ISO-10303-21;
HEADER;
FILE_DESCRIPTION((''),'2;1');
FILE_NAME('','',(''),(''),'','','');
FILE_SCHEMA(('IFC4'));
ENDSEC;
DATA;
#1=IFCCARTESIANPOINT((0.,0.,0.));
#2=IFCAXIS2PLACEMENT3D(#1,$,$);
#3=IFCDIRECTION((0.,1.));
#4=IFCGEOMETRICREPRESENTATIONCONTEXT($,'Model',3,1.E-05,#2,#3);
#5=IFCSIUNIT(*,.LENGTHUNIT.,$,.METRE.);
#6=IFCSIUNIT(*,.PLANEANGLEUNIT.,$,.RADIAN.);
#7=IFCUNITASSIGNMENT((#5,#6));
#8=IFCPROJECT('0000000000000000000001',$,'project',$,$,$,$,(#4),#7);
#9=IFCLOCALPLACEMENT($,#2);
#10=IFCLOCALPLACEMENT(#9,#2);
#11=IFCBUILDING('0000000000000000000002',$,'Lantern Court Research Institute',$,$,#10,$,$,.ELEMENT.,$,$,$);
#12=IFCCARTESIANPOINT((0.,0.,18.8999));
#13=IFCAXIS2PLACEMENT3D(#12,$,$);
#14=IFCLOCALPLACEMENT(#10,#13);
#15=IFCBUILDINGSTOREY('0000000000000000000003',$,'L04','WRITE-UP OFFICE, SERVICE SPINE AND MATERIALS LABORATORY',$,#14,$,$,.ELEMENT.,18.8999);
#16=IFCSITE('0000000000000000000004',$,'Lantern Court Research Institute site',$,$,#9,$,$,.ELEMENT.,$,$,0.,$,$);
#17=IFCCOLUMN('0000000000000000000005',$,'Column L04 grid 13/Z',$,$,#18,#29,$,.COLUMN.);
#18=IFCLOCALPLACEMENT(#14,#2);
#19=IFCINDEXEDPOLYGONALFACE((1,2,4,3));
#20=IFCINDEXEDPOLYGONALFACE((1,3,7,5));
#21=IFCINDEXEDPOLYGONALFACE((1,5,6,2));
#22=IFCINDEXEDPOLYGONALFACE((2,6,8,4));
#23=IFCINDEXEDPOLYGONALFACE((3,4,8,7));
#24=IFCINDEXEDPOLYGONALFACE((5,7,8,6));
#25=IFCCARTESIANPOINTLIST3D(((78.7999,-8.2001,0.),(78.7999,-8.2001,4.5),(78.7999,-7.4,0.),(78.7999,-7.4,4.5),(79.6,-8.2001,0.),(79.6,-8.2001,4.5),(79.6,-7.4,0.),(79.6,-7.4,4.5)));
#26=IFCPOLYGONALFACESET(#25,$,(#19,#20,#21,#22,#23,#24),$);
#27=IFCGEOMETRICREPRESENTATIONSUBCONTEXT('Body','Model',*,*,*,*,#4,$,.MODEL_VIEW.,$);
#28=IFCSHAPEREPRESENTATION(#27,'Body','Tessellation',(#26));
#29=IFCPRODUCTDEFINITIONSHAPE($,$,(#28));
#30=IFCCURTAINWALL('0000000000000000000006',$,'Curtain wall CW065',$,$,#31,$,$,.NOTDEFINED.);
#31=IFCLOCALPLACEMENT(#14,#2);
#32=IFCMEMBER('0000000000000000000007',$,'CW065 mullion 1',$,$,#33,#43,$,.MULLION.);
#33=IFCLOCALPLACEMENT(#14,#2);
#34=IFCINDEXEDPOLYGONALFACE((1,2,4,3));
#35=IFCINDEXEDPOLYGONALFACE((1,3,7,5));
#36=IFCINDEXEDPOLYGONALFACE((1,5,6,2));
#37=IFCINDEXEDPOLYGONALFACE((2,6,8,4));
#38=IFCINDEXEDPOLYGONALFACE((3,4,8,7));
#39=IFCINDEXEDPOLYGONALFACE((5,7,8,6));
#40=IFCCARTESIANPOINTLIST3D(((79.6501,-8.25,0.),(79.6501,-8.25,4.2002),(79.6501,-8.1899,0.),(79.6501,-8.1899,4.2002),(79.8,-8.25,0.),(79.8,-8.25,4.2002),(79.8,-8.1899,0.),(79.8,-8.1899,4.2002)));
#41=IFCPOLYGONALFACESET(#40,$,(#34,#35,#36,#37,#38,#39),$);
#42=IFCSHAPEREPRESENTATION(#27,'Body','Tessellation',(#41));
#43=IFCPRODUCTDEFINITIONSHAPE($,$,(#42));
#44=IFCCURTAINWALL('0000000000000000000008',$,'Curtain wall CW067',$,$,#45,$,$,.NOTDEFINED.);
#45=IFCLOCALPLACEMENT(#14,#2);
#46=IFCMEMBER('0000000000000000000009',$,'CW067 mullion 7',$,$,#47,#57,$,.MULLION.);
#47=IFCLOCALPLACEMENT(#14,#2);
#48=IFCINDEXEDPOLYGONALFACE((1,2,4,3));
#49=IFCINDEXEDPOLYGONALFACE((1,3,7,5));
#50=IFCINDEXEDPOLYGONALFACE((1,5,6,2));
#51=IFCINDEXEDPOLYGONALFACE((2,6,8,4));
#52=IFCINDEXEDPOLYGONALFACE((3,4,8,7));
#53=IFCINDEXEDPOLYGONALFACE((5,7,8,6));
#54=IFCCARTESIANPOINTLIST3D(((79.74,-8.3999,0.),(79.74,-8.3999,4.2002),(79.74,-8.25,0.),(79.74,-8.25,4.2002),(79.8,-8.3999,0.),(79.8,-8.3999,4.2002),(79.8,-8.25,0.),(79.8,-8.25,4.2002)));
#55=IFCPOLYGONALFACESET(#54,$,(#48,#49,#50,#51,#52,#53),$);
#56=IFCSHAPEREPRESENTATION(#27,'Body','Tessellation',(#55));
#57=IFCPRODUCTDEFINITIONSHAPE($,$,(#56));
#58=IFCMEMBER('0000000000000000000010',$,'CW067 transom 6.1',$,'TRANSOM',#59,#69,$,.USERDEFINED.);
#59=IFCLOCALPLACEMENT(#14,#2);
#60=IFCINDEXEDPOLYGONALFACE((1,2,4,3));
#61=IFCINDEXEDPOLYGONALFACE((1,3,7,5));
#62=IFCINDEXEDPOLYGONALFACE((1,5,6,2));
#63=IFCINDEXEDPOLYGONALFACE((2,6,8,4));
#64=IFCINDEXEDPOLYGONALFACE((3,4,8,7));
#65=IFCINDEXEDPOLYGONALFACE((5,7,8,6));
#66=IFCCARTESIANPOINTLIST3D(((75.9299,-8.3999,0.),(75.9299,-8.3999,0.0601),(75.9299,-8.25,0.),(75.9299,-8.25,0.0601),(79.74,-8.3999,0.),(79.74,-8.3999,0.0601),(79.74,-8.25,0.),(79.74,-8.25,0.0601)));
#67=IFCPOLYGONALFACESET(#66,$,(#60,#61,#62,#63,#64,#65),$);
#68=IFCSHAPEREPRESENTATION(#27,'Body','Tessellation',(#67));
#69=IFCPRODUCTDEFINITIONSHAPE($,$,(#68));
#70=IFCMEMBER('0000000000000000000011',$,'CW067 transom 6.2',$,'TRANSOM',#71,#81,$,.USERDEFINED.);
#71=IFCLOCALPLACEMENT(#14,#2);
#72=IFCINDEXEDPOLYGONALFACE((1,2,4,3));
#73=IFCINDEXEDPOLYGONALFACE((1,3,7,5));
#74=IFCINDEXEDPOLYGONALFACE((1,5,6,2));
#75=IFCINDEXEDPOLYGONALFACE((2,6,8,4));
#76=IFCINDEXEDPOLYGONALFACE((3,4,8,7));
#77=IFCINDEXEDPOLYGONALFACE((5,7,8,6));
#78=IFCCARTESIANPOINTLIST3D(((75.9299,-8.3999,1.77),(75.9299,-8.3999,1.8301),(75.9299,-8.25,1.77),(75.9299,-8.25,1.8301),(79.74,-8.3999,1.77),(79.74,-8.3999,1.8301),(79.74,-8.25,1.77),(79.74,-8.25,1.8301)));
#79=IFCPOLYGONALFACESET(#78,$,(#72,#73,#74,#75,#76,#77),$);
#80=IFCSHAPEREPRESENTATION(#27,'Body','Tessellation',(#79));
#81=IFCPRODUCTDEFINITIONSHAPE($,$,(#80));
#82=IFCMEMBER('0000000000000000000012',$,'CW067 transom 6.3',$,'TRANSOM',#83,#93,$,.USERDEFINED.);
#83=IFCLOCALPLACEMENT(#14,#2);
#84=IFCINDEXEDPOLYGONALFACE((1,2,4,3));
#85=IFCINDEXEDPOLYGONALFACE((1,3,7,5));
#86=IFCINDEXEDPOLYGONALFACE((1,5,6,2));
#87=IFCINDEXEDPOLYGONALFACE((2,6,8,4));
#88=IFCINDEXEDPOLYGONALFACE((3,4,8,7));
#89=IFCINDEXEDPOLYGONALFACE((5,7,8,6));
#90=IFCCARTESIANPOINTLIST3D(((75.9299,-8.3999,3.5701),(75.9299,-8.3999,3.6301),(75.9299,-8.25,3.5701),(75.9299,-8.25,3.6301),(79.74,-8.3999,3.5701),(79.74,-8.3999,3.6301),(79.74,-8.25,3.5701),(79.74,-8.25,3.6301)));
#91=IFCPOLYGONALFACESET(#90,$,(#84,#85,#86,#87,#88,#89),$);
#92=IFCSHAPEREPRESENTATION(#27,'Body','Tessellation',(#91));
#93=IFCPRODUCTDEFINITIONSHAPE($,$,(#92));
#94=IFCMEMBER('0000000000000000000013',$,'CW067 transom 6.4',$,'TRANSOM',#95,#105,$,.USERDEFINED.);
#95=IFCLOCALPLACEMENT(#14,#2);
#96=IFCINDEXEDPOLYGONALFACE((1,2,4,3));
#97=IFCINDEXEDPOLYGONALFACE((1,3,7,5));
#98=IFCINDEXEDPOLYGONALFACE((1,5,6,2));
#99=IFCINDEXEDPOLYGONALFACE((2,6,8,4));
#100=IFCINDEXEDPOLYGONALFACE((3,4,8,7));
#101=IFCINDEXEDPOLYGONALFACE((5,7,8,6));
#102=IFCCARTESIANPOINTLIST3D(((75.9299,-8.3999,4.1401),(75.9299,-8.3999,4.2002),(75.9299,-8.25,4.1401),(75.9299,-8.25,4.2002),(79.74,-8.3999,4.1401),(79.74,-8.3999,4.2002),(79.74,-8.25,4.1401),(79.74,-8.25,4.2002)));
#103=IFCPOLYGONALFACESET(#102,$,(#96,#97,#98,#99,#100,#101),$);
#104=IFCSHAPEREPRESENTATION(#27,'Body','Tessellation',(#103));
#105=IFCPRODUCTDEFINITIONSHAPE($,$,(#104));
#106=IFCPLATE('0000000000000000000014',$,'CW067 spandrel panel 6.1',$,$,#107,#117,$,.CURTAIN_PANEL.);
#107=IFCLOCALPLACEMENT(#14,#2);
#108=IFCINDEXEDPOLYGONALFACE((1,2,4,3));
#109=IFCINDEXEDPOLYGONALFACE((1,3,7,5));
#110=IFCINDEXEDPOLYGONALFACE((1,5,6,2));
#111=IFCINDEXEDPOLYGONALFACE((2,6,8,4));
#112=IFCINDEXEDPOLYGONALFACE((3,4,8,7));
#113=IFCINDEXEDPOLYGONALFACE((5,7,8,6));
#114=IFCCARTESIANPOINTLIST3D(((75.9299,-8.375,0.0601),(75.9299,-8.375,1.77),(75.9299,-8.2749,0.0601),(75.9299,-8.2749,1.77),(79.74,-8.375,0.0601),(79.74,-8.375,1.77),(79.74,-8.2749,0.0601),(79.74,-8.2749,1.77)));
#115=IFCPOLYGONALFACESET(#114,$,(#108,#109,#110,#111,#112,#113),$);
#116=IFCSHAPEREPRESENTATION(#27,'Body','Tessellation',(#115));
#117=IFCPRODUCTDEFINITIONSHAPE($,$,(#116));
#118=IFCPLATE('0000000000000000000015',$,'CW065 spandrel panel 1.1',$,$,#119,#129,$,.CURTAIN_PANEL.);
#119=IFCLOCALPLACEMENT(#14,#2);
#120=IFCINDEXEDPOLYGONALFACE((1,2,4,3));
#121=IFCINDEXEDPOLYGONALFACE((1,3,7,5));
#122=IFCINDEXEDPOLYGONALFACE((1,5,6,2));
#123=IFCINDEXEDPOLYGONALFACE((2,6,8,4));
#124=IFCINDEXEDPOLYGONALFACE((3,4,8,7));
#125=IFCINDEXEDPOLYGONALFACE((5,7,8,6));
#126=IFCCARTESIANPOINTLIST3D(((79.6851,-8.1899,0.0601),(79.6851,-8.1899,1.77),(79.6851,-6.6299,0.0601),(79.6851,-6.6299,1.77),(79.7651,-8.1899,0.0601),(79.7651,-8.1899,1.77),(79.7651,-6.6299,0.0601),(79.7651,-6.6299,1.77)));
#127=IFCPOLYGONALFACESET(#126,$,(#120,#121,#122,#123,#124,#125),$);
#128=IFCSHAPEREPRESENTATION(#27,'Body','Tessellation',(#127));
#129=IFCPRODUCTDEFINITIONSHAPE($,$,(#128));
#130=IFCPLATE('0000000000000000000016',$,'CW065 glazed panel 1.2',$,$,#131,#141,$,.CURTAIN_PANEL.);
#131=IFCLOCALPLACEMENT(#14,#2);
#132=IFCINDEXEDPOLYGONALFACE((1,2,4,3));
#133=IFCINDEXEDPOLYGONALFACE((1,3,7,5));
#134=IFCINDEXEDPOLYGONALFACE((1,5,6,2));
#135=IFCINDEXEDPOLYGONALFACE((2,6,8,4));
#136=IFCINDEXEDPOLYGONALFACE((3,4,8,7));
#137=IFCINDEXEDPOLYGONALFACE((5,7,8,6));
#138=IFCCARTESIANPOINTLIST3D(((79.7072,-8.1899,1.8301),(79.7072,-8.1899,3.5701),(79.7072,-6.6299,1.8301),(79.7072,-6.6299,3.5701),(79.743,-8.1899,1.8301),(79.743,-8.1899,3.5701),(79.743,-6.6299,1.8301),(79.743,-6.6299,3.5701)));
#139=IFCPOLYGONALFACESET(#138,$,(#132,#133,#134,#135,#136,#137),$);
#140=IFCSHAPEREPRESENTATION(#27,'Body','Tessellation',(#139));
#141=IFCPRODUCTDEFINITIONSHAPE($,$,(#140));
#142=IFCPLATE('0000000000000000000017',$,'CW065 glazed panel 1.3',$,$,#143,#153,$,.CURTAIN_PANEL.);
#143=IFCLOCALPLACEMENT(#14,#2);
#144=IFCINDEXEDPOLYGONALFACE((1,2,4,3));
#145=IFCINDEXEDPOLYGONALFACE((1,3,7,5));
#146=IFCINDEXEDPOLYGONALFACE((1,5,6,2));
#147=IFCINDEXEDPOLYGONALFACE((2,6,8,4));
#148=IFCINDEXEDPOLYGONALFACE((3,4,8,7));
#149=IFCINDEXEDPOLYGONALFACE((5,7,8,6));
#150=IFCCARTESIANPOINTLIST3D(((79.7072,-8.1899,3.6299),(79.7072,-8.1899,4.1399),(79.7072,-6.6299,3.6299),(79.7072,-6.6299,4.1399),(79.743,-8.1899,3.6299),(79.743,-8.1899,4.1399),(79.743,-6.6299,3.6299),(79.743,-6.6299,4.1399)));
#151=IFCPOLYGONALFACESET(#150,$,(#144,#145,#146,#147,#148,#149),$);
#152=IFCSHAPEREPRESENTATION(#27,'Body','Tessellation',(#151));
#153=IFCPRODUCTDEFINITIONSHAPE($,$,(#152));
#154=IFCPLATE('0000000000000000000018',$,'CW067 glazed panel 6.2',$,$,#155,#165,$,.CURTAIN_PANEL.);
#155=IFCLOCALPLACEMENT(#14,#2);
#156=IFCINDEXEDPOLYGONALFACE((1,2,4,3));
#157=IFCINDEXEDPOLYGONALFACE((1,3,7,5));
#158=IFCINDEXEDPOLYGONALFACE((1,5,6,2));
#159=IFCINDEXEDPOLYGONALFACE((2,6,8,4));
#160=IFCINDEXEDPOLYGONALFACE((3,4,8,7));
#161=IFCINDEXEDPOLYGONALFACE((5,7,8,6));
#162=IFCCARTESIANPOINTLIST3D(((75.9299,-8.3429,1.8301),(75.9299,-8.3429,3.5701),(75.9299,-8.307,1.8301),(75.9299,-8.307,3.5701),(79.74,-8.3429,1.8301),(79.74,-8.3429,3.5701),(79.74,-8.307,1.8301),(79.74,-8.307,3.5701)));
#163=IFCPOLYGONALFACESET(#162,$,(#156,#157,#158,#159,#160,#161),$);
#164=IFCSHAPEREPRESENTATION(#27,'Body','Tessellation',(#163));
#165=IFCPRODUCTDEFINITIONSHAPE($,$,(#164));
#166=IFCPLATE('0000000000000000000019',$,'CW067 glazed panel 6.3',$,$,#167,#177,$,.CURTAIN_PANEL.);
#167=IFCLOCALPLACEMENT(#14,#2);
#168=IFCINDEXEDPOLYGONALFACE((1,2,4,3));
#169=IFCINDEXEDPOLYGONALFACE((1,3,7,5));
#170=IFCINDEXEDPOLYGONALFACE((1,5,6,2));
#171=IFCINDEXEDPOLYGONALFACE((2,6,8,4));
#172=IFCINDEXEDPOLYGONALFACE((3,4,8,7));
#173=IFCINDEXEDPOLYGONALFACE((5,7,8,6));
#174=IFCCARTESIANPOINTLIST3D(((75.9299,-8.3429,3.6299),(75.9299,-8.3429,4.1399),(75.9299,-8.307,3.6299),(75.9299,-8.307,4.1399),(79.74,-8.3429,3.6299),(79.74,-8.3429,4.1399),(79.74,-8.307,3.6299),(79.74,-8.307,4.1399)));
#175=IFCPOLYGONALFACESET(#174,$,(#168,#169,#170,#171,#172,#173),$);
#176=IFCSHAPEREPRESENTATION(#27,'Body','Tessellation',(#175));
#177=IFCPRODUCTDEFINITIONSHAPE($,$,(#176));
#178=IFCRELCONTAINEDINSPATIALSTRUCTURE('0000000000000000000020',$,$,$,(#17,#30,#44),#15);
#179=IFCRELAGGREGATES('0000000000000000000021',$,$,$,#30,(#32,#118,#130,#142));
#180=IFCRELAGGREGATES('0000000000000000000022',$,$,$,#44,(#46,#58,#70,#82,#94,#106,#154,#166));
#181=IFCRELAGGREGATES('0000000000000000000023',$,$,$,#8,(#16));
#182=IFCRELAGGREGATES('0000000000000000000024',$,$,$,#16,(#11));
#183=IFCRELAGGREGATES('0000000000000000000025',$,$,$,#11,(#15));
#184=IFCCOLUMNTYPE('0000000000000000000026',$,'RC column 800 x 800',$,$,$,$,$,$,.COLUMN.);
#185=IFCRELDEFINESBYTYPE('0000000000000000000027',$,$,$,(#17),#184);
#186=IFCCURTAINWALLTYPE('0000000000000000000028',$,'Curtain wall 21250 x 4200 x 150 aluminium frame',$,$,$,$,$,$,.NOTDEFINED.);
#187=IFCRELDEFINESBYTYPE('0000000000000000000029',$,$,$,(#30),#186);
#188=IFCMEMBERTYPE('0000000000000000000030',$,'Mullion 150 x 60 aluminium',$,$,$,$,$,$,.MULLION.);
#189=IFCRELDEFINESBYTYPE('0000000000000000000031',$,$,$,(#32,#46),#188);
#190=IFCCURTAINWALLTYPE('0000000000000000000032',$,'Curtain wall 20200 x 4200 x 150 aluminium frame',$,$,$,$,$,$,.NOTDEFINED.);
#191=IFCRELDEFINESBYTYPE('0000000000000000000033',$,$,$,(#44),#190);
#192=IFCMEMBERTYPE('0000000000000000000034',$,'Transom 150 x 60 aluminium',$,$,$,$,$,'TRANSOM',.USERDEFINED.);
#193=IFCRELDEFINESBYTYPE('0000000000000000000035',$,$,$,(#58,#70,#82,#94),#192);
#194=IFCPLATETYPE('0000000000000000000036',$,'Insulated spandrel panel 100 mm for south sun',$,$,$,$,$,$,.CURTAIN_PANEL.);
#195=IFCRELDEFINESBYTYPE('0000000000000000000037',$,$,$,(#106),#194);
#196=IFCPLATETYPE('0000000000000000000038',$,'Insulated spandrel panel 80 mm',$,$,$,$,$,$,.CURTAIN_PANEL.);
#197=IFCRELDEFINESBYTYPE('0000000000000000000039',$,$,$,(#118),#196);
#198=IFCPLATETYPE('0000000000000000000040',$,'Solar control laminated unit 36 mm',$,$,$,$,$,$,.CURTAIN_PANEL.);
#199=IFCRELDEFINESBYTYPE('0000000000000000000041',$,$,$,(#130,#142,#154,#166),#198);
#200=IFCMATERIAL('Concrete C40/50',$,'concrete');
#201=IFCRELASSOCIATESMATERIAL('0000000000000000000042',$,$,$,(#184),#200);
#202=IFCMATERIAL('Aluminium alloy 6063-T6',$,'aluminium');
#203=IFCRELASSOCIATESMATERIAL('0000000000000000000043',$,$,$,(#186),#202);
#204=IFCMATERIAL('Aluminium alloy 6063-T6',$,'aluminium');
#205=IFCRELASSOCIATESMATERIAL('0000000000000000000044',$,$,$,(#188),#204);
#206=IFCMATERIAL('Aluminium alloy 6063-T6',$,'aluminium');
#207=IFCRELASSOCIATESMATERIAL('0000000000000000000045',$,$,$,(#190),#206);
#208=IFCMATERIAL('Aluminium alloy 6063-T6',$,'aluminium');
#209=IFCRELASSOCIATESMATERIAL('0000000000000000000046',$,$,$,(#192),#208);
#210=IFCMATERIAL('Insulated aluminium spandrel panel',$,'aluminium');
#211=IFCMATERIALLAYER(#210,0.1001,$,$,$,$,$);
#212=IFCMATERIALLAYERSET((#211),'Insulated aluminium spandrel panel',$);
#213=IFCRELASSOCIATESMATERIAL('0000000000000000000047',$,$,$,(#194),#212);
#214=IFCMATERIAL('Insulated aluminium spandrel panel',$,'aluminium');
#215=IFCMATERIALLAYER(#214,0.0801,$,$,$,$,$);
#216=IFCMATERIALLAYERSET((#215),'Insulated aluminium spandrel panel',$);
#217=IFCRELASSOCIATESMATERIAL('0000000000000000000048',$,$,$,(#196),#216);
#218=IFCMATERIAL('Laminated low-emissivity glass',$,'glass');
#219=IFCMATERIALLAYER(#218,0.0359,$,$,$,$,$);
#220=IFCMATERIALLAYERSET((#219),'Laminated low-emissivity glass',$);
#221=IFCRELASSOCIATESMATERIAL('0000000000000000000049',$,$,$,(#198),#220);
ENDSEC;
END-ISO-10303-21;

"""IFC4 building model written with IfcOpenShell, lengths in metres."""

from ifc_helpers import new_model, si_unit, direction, frame, origin, origin_2d, place, context, subcontext, project, spatial, rectangle, extrude, material, layer, layer_set, material_profile, profile_set, type_object, element, aggregate, save


model = new_model("IFC4")

# Units and contexts
model_context = context("Model", 3, precision=1e-05, world=origin(), true_north=direction((0.0, 1.0)))
body_context = subcontext(model_context, "Body", "Model", "MODEL_VIEW")
ifc_project = project(units=[si_unit("LENGTHUNIT", "METRE"), si_unit("PLANEANGLEUNIT", "RADIAN")], contexts=[model_context])

# Site, building, storey
site_placement = place(None, origin())
site = spatial("IfcSite", under=ifc_project, at=site_placement, Name="Lantern Court Research Institute site", CompositionType="ELEMENT", RefElevation=0.0)
building_placement = place(site_placement, origin())
building = spatial("IfcBuilding", under=site, at=building_placement, Name="Lantern Court Research Institute", CompositionType="ELEMENT")
storey_placement = place(building_placement, frame((0.0, 0.0, 18.8999)))
storey = spatial("IfcBuildingStorey", under=building, at=storey_placement, Name="L04", Description="WRITE-UP OFFICE, SERVICE SPINE AND MATERIALS LABORATORY", CompositionType="ELEMENT", Elevation=18.8999)

# Column
ifc_material_1 = material(Name="Concrete C40/50", Category="concrete")
ifc_material_profile_1 = material_profile(ifc_material_1, rectangle(XDim=0.8, YDim=0.8, at=origin_2d()), Name="RC column 800 x 800")
ifc_profile_set_1 = profile_set([ifc_material_profile_1], Name="Concrete C40/50")
column_type = type_object("IfcColumnType", Name="RC column 800 x 800", PredefinedType="COLUMN", material=ifc_profile_set_1)
column_placement = place(storey_placement, frame((79.2, -7.8, 0.0), z_axis=(0.0, 0.0, 1.0), x_axis=(1.0, 0.0, 0.0)))
element("IfcColumn", 1, at=column_placement, inside=storey, type_object=column_type, Name="Column L04 grid 13/Z", PredefinedType="COLUMN", context=body_context, shape_type="SweptSolid", body=[
    extrude(rectangle(XDim=0.8, YDim=0.8, at=origin_2d()), origin(), (0.0, 0.0, 1.0), 4.5),
])

# Curtain wall, member
ifc_material_2 = material(Name="Aluminium alloy 6063-T6", Category="aluminium")
curtain_wall_type_1 = type_object("IfcCurtainWallType", Name="Curtain wall 21250 x 4200 x 150 aluminium frame", PredefinedType="NOTDEFINED", material=ifc_material_2)
curtain_wall_1_placement = place(storey_placement, origin())
curtain_wall_1 = element("IfcCurtainWall", 2, at=curtain_wall_1_placement, inside=storey, type_object=curtain_wall_type_1, Name="Curtain wall CW065", PredefinedType="NOTDEFINED")
ifc_material_3 = material(Name="Aluminium alloy 6063-T6", Category="aluminium")
ifc_material_profile_2 = material_profile(ifc_material_3, rectangle(XDim=0.1499, YDim=0.0601, at=origin_2d()), Name="Mullion 150 x 60")
ifc_profile_set_2 = profile_set([ifc_material_profile_2], Name="Aluminium alloy 6063-T6")
member_type_1 = type_object("IfcMemberType", Name="Mullion 150 x 60 aluminium", PredefinedType="MULLION", material=ifc_profile_set_2)
member_1_placement = place(storey_placement, frame((79.7251, -8.22, 0.0), z_axis=(0.0, 0.0, 1.0), x_axis=(1.0, 0.0, 0.0)))
member_1 = element("IfcMember", 3, at=member_1_placement, type_object=member_type_1, Name="CW065 mullion 1", PredefinedType="MULLION", context=body_context, shape_type="SweptSolid", body=[
    extrude(rectangle(XDim=0.1499, YDim=0.0601, at=origin_2d()), origin(), (0.0, 0.0, 1.0), 4.2002),
])

# Curtain wall, members, plate
ifc_material_4 = material(Name="Aluminium alloy 6063-T6", Category="aluminium")
curtain_wall_type_2 = type_object("IfcCurtainWallType", Name="Curtain wall 20200 x 4200 x 150 aluminium frame", PredefinedType="NOTDEFINED", material=ifc_material_4)
curtain_wall_2_placement = place(storey_placement, origin())
curtain_wall_2 = element("IfcCurtainWall", 4, at=curtain_wall_2_placement, inside=storey, type_object=curtain_wall_type_2, Name="Curtain wall CW067", PredefinedType="NOTDEFINED")
member_2_placement = place(storey_placement, frame((79.77, -8.325, 0.0), z_axis=(0.0, 0.0, 1.0), x_axis=(0.0, -1.0, 0.0)))
member_2 = element("IfcMember", 5, at=member_2_placement, type_object=member_type_1, Name="CW067 mullion 7", PredefinedType="MULLION", context=body_context, shape_type="SweptSolid", body=[
    extrude(rectangle(XDim=0.1499, YDim=0.0601, at=origin_2d()), origin(), (0.0, 0.0, 1.0), 4.2002),
])
ifc_material_5 = material(Name="Aluminium alloy 6063-T6", Category="aluminium")
ifc_material_profile_3 = material_profile(ifc_material_5, rectangle(XDim=0.1499, YDim=0.0601, at=origin_2d()), Name="Transom 150 x 60")
ifc_profile_set_3 = profile_set([ifc_material_profile_3], Name="Aluminium alloy 6063-T6")
member_type_2 = type_object("IfcMemberType", Name="Transom 150 x 60 aluminium", ElementType="TRANSOM", PredefinedType="USERDEFINED", material=ifc_profile_set_3)
member_3_placement = place(storey_placement, frame((79.74, -8.325, 0.03), z_axis=(-1.0, 0.0, 0.0), x_axis=(0.0, -1.0, 0.0)))
member_3 = element("IfcMember", 6, at=member_3_placement, type_object=member_type_2, Name="CW067 transom 6.1", ObjectType="TRANSOM", PredefinedType="USERDEFINED", context=body_context, shape_type="SweptSolid", body=[
    extrude(rectangle(XDim=0.1499, YDim=0.0601, at=origin_2d()), origin(), (0.0, 0.0, 1.0), 3.8101),
])
member_4_placement = place(storey_placement, frame((79.74, -8.325, 1.8), z_axis=(-1.0, 0.0, 0.0), x_axis=(0.0, -1.0, 0.0)))
member_4 = element("IfcMember", 7, at=member_4_placement, type_object=member_type_2, Name="CW067 transom 6.2", ObjectType="TRANSOM", PredefinedType="USERDEFINED", context=body_context, shape_type="SweptSolid", body=[
    extrude(rectangle(XDim=0.1499, YDim=0.0601, at=origin_2d()), origin(), (0.0, 0.0, 1.0), 3.8101),
])
member_5_placement = place(storey_placement, frame((79.74, -8.325, 3.6001), z_axis=(-1.0, 0.0, 0.0), x_axis=(0.0, -1.0, 0.0)))
member_5 = element("IfcMember", 8, at=member_5_placement, type_object=member_type_2, Name="CW067 transom 6.3", ObjectType="TRANSOM", PredefinedType="USERDEFINED", context=body_context, shape_type="SweptSolid", body=[
    extrude(rectangle(XDim=0.1499, YDim=0.0601, at=origin_2d()), origin(), (0.0, 0.0, 1.0), 3.8101),
])
member_6_placement = place(storey_placement, frame((79.74, -8.325, 4.1702), z_axis=(-1.0, 0.0, 0.0), x_axis=(0.0, -1.0, 0.0)))
member_6 = element("IfcMember", 9, at=member_6_placement, type_object=member_type_2, Name="CW067 transom 6.4", ObjectType="TRANSOM", PredefinedType="USERDEFINED", context=body_context, shape_type="SweptSolid", body=[
    extrude(rectangle(XDim=0.1499, YDim=0.0601, at=origin_2d()), origin(), (0.0, 0.0, 1.0), 3.8101),
])
ifc_material_6 = material(Name="Insulated aluminium spandrel panel", Category="aluminium")
ifc_layer_1 = layer(ifc_material_6, 0.1001)
ifc_layer_set_1 = layer_set([ifc_layer_1], Name="Insulated aluminium spandrel panel")
plate_type_1 = type_object("IfcPlateType", Name="Insulated spandrel panel 100 mm for south sun", PredefinedType="CURTAIN_PANEL", material=ifc_layer_set_1)
plate_1_placement = place(storey_placement, frame((77.835, -8.325, 0.0601), z_axis=(0.0, 0.0, 1.0), x_axis=(-1.0, 0.0, 0.0)))
plate_1 = element("IfcPlate", 10, at=plate_1_placement, type_object=plate_type_1, Name="CW067 spandrel panel 6.1", PredefinedType="CURTAIN_PANEL", context=body_context, shape_type="SweptSolid", body=[
    extrude(rectangle(XDim=3.8101, YDim=0.1001, at=origin_2d()), origin(), (0.0, 0.0, 1.0), 1.71),
])

# Plates
ifc_material_7 = material(Name="Insulated aluminium spandrel panel", Category="aluminium")
ifc_layer_2 = layer(ifc_material_7, 0.0801)
ifc_layer_set_2 = layer_set([ifc_layer_2], Name="Insulated aluminium spandrel panel")
plate_type_2 = type_object("IfcPlateType", Name="Insulated spandrel panel 80 mm", PredefinedType="CURTAIN_PANEL", material=ifc_layer_set_2)
plate_2_placement = place(storey_placement, frame((79.7251, -7.4099, 0.0601), z_axis=(0.0, 0.0, 1.0), x_axis=(0.0, -1.0, 0.0)))
plate_2 = element("IfcPlate", 11, at=plate_2_placement, type_object=plate_type_2, Name="CW065 spandrel panel 1.1", PredefinedType="CURTAIN_PANEL", context=body_context, shape_type="SweptSolid", body=[
    extrude(rectangle(XDim=1.5601, YDim=0.0801, at=origin_2d()), origin(), (0.0, 0.0, 1.0), 1.71),
])
ifc_material_8 = material(Name="Laminated low-emissivity glass", Category="glass")
ifc_layer_3 = layer(ifc_material_8, 0.0359)
ifc_layer_set_3 = layer_set([ifc_layer_3], Name="Laminated low-emissivity glass")
plate_type_3 = type_object("IfcPlateType", Name="Solar control laminated unit 36 mm", PredefinedType="CURTAIN_PANEL", material=ifc_layer_set_3)
plate_3_placement = place(storey_placement, frame((79.7251, -7.4099, 1.8301), z_axis=(0.0, 0.0, 1.0), x_axis=(0.0, -1.0, 0.0)))
plate_3 = element("IfcPlate", 12, at=plate_3_placement, type_object=plate_type_3, Name="CW065 glazed panel 1.2", PredefinedType="CURTAIN_PANEL", context=body_context, shape_type="SweptSolid", body=[
    extrude(rectangle(XDim=1.5601, YDim=0.0359, at=origin_2d()), origin(), (0.0, 0.0, 1.0), 1.74),
])
plate_4_placement = place(storey_placement, frame((79.7251, -7.4099, 3.6299), z_axis=(0.0, 0.0, 1.0), x_axis=(0.0, -1.0, 0.0)))
plate_4 = element("IfcPlate", 13, at=plate_4_placement, type_object=plate_type_3, Name="CW065 glazed panel 1.3", PredefinedType="CURTAIN_PANEL", context=body_context, shape_type="SweptSolid", body=[
    extrude(rectangle(XDim=1.5601, YDim=0.0359, at=origin_2d()), origin(), (0.0, 0.0, 1.0), 0.51),
])
aggregate(curtain_wall_1, [member_1, plate_2, plate_3, plate_4])
plate_5_placement = place(storey_placement, frame((77.835, -8.325, 1.8301), z_axis=(0.0, 0.0, 1.0), x_axis=(-1.0, 0.0, 0.0)))
plate_5 = element("IfcPlate", 14, at=plate_5_placement, type_object=plate_type_3, Name="CW067 glazed panel 6.2", PredefinedType="CURTAIN_PANEL", context=body_context, shape_type="SweptSolid", body=[
    extrude(rectangle(XDim=3.8101, YDim=0.0359, at=origin_2d()), origin(), (0.0, 0.0, 1.0), 1.74),
])
plate_6_placement = place(storey_placement, frame((77.835, -8.325, 3.6299), z_axis=(0.0, 0.0, 1.0), x_axis=(-1.0, 0.0, 0.0)))
plate_6 = element("IfcPlate", 15, at=plate_6_placement, type_object=plate_type_3, Name="CW067 glazed panel 6.3", PredefinedType="CURTAIN_PANEL", context=body_context, shape_type="SweptSolid", body=[
    extrude(rectangle(XDim=3.8101, YDim=0.0359, at=origin_2d()), origin(), (0.0, 0.0, 1.0), 0.51),
])
aggregate(curtain_wall_2, [member_2, member_3, member_4, member_5, member_6, plate_1, plate_5, plate_6])

save(model, "model.ifc")
